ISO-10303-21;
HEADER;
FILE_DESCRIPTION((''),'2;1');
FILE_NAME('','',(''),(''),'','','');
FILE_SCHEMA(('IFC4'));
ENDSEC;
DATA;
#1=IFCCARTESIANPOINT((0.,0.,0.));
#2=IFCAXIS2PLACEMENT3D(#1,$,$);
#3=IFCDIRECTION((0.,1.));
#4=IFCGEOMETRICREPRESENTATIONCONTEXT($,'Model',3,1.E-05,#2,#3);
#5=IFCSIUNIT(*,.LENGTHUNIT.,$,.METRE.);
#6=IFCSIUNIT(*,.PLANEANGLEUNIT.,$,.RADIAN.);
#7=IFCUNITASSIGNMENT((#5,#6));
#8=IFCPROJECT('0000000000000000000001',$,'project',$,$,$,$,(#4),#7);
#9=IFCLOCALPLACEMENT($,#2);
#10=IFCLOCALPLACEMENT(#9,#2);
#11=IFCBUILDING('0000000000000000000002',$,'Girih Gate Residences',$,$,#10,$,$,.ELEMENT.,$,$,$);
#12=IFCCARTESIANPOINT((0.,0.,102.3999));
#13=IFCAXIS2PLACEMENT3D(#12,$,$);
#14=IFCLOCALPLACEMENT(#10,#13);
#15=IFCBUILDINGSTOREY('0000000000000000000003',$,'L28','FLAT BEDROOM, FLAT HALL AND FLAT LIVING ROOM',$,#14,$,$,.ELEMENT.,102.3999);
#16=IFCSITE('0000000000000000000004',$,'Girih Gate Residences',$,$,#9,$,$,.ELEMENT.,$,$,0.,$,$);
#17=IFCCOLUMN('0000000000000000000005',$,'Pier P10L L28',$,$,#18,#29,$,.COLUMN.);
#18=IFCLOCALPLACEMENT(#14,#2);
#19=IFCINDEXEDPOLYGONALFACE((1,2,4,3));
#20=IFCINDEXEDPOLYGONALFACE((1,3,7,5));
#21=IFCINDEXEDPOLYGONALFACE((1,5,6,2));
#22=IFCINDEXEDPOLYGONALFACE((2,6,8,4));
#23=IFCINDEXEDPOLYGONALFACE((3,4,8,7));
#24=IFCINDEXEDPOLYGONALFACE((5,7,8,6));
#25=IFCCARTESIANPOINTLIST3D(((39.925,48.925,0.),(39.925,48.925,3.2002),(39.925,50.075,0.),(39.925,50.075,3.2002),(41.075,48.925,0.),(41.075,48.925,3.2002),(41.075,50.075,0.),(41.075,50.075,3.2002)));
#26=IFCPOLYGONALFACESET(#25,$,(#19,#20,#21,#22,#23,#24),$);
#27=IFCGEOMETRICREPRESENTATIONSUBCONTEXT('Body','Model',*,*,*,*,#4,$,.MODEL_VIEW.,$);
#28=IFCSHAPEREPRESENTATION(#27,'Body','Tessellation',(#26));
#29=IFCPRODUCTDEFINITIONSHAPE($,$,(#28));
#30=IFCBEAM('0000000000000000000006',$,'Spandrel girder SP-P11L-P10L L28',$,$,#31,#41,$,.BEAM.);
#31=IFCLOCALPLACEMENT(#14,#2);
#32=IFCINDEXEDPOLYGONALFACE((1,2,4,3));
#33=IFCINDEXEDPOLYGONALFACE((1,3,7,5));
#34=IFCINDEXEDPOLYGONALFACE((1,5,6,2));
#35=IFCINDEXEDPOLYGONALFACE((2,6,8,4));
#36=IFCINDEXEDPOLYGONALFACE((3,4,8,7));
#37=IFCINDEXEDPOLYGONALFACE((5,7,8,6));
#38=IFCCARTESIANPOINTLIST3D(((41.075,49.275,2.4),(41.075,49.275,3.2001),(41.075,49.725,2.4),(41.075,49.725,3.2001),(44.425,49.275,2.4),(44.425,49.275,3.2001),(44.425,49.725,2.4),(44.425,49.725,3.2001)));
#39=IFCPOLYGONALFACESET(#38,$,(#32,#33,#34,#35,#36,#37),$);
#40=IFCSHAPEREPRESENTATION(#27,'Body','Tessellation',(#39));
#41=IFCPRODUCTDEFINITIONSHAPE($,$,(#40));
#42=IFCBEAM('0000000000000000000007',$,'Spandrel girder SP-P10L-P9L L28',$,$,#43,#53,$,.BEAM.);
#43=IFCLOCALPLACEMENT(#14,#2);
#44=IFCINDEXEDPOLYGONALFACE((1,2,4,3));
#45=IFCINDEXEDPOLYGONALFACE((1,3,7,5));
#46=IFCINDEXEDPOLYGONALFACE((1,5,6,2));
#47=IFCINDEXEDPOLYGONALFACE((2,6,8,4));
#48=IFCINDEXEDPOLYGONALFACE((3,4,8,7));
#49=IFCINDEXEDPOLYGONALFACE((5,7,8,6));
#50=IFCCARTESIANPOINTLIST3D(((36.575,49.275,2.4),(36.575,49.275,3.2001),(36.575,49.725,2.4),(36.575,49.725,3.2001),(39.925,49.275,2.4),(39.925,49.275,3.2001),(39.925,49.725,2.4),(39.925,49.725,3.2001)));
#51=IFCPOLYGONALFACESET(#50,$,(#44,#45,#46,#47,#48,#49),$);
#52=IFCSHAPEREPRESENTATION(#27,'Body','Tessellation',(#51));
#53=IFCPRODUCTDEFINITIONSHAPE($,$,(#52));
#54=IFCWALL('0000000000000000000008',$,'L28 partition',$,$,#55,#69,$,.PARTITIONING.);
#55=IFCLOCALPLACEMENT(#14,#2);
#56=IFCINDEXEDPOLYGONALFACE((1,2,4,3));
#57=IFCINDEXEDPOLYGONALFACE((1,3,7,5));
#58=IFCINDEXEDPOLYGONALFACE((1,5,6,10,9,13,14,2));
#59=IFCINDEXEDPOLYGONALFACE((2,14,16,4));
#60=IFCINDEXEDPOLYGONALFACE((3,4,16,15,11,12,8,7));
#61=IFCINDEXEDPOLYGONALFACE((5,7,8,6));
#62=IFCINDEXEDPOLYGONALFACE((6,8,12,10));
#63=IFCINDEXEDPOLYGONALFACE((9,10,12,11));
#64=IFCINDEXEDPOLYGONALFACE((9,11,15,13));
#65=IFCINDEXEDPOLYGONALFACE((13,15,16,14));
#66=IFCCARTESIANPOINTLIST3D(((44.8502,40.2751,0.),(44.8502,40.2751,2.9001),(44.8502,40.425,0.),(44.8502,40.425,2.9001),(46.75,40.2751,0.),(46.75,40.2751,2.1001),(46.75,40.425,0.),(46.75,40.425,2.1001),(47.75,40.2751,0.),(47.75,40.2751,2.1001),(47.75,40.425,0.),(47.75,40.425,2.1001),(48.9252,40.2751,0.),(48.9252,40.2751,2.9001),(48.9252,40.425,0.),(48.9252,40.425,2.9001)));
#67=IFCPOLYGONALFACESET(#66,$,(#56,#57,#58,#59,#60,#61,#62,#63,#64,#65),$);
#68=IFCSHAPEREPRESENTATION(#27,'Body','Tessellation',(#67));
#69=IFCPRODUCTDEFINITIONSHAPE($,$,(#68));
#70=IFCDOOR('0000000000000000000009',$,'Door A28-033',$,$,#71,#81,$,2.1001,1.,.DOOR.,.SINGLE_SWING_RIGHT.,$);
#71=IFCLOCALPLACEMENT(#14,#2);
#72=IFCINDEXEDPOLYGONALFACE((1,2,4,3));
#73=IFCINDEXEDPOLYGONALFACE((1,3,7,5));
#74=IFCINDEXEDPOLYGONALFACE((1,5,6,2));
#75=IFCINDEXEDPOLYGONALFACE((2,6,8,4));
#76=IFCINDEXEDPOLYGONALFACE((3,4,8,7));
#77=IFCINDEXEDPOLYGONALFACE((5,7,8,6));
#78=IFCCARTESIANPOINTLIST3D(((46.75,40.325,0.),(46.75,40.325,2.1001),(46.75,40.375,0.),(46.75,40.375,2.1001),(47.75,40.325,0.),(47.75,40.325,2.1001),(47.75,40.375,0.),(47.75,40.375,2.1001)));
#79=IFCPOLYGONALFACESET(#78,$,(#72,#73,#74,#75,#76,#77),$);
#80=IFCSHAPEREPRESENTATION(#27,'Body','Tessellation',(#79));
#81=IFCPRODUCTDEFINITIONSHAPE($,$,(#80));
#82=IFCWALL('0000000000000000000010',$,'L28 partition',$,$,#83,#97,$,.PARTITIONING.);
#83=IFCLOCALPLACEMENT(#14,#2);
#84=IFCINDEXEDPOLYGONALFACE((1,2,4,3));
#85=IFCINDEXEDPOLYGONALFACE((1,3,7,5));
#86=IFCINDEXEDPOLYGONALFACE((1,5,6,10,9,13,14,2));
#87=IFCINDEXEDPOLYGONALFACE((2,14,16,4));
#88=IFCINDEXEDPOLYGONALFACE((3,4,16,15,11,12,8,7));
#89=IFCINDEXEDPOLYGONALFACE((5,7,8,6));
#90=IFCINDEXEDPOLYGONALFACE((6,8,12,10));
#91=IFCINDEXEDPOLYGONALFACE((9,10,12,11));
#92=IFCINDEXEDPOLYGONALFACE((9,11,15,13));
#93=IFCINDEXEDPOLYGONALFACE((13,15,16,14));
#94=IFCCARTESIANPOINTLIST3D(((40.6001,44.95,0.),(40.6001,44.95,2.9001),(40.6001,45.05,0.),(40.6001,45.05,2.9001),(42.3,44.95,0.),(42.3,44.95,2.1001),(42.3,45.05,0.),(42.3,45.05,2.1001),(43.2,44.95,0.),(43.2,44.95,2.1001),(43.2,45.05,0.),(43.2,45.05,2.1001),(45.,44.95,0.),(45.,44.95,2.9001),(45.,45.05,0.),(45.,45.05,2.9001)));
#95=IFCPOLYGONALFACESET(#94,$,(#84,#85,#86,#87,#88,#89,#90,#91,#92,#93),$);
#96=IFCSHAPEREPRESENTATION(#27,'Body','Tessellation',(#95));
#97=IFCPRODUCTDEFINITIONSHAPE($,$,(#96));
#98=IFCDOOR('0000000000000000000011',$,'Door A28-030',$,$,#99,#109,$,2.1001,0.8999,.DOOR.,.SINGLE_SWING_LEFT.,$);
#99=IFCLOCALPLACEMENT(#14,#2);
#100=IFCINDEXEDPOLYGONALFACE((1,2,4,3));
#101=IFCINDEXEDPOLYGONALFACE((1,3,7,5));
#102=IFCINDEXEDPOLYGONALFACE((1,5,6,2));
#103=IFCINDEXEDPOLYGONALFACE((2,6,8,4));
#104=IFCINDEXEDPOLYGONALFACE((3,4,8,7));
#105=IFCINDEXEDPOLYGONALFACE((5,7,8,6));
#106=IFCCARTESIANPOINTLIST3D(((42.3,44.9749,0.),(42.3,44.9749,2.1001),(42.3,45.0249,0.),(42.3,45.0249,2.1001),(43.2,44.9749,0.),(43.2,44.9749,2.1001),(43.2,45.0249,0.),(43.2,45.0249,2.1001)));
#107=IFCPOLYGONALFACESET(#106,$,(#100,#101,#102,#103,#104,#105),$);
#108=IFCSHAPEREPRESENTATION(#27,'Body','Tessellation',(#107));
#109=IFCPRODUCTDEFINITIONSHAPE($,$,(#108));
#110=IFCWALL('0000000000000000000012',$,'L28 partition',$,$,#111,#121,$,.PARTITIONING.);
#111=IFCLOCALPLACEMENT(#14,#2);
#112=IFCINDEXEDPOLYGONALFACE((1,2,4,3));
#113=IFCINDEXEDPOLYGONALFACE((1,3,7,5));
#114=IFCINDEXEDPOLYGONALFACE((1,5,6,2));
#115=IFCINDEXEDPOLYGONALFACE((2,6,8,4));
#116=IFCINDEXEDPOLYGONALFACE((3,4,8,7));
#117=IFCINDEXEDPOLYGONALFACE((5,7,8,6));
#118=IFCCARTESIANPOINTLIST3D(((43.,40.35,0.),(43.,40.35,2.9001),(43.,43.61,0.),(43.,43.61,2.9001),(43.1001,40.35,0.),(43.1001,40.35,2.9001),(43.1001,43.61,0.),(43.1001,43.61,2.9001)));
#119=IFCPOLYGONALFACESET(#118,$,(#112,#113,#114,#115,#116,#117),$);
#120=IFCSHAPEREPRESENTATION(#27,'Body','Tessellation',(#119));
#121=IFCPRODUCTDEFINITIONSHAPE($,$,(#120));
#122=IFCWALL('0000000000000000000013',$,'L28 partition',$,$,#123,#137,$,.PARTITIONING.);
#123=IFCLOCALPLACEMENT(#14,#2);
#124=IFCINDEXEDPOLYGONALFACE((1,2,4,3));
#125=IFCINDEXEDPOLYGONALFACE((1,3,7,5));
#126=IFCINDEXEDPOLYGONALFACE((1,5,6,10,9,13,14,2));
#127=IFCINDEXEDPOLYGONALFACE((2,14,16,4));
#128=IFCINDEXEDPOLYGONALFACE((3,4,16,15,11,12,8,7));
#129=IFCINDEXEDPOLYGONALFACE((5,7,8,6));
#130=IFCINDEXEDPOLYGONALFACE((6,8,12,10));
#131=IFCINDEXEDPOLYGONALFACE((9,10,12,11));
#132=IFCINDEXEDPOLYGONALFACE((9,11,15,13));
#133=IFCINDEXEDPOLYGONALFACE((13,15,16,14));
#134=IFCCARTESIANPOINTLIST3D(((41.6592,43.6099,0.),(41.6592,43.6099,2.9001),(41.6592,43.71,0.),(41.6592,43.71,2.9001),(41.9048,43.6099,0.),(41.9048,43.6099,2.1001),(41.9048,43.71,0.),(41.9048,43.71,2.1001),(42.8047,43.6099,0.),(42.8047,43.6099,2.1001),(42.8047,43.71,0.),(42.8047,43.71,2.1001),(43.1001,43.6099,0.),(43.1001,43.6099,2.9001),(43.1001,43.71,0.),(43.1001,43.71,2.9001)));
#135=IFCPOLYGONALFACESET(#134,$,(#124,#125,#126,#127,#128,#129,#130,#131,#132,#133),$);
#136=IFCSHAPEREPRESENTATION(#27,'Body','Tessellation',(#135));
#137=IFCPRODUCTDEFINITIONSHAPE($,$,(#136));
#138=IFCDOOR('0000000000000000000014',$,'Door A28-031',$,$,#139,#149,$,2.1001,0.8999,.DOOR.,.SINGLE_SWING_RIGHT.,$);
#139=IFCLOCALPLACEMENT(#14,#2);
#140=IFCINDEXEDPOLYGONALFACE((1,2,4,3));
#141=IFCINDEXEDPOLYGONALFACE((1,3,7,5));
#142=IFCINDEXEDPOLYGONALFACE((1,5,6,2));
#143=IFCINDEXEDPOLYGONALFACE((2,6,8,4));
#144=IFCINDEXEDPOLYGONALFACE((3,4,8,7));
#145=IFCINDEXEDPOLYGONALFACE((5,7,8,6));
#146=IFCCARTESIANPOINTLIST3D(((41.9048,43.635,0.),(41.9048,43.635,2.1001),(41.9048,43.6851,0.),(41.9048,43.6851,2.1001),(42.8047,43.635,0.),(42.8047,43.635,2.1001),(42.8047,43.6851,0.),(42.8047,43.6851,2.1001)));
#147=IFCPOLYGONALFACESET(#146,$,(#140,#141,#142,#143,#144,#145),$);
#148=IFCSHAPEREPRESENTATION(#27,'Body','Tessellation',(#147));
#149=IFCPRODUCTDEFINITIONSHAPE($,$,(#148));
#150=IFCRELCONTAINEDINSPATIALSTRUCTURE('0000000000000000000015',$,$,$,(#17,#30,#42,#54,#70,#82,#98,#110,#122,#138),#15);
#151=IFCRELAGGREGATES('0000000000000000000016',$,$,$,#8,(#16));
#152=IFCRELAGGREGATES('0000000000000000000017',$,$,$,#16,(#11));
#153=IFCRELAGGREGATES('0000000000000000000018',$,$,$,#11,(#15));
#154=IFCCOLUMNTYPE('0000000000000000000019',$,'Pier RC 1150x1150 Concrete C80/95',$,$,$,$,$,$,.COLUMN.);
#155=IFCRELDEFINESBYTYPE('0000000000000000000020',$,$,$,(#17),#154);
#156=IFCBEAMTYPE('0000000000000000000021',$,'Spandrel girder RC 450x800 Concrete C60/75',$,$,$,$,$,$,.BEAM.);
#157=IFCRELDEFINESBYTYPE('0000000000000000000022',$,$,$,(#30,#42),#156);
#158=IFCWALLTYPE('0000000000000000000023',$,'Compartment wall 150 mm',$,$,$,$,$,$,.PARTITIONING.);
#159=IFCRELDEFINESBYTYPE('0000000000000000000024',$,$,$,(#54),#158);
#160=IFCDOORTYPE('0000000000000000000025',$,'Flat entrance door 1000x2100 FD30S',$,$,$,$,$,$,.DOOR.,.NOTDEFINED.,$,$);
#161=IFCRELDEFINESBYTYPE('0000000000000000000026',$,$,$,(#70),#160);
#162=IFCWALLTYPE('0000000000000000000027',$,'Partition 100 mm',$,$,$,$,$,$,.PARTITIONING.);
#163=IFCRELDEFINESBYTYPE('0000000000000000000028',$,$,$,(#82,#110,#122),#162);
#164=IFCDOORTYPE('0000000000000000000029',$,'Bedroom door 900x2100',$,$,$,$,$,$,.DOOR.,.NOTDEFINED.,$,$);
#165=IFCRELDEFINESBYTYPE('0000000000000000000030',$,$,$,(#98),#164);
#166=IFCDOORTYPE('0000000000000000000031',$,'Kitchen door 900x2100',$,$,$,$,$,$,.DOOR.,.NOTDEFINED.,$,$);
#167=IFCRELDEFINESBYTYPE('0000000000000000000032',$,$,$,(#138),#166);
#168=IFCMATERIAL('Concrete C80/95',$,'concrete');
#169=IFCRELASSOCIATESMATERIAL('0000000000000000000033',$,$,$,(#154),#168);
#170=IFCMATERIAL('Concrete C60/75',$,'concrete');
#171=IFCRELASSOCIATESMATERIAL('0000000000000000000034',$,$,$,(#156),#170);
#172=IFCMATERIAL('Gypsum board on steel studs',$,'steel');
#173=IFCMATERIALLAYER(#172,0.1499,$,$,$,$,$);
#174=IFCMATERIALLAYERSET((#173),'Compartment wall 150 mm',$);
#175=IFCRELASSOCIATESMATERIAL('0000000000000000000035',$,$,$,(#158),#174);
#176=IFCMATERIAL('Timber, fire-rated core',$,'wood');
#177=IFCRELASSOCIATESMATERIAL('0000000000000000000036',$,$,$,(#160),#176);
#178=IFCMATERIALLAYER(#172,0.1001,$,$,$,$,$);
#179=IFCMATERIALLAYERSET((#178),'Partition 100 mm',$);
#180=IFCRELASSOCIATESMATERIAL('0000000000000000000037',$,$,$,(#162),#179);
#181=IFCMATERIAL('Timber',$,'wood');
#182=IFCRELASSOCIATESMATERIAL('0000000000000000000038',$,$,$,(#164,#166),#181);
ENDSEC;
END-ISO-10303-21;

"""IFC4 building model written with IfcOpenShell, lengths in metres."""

from ifc_helpers import new_model, si_unit, direction, frame, frame_2d, origin, origin_2d, place, context, subcontext, project, spatial, rectangle, extrude, material, layer, layer_set, material_profile, profile_set, type_object, element, fill, save


model = new_model("IFC4")

# Units and contexts
model_context = context("Model", 3, precision=1e-05, world=origin(), true_north=direction((0.0, 1.0)))
body_context = subcontext(model_context, "Body", "Model", "MODEL_VIEW")
ifc_project = project(units=[si_unit("LENGTHUNIT", "METRE"), si_unit("PLANEANGLEUNIT", "RADIAN")], contexts=[model_context])

# Site, building, storey
site_placement = place(None, origin())
site = spatial("IfcSite", under=ifc_project, at=site_placement, Name="Girih Gate Residences", CompositionType="ELEMENT", RefElevation=0.0)
building_placement = place(site_placement, origin())
building = spatial("IfcBuilding", under=site, at=building_placement, Name="Girih Gate Residences", CompositionType="ELEMENT")
storey_placement = place(building_placement, frame((0.0, 0.0, 102.3999)))
storey = spatial("IfcBuildingStorey", under=building, at=storey_placement, Name="L28", Description="FLAT BEDROOM, FLAT HALL AND FLAT LIVING ROOM", CompositionType="ELEMENT", Elevation=102.3999)

# Column
ifc_material_1 = material(Name="Concrete C80/95", Category="concrete")
ifc_material_profile_1 = material_profile(ifc_material_1, rectangle(XDim=1.1499, YDim=1.1499, at=origin_2d()))
ifc_profile_set_1 = profile_set([ifc_material_profile_1], Name="Concrete C80/95")
column_type = type_object("IfcColumnType", Name="Pier RC 1150x1150 Concrete C80/95", PredefinedType="COLUMN", material=ifc_profile_set_1)
column_placement = place(storey_placement, frame((40.5, 49.5, 0.0), z_axis=(0.0, 0.0, 1.0), x_axis=(1.0, 0.0, 0.0)))
element("IfcColumn", 1, at=column_placement, inside=storey, type_object=column_type, Name="Pier P10L L28", PredefinedType="COLUMN", context=body_context, shape_type="SweptSolid", body=[
    extrude(rectangle(XDim=1.1499, YDim=1.1499, at=origin_2d()), origin(), (0.0, 0.0, 1.0), 3.2002),
])

# Beams
ifc_material_2 = material(Name="Concrete C60/75", Category="concrete")
ifc_material_profile_2 = material_profile(ifc_material_2, rectangle(XDim=0.45, YDim=0.8, at=origin_2d()))
ifc_profile_set_2 = profile_set([ifc_material_profile_2], Name="Concrete C60/75")
beam_type = type_object("IfcBeamType", Name="Spandrel girder RC 450x800 Concrete C60/75", PredefinedType="BEAM", material=ifc_profile_set_2)
for number, where, z_axis, x_axis, name in (
    (2, (44.425, 49.5, 2.8), (-1.0, 0.0, 0.0), (0.0, -1.0, 0.0), "Spandrel girder SP-P11L-P10L L28"),
    (3, (39.925, 49.5, 2.8), (-1.0, 0.0, 0.0), (0.0, -1.0, 0.0), "Spandrel girder SP-P10L-P9L L28"),
):
    element("IfcBeam", number, at=place(storey_placement, frame(where, z_axis=z_axis, x_axis=x_axis)), inside=storey, type_object=beam_type, Name=name, PredefinedType="BEAM", context=body_context, shape_type="SweptSolid", body=[
        extrude(rectangle(XDim=0.45, YDim=0.8, at=origin_2d()), origin(), (0.0, 0.0, 1.0), 3.3501),
    ])

# Walls, openings, doors
ifc_material_3 = material(Name="Gypsum board on steel studs", Category="steel")
ifc_layer_1 = layer(ifc_material_3, 0.1499)
ifc_layer_set_1 = layer_set([ifc_layer_1], Name="Compartment wall 150 mm")
wall_type_1 = type_object("IfcWallType", Name="Compartment wall 150 mm", PredefinedType="PARTITIONING", material=ifc_layer_set_1)
wall_1_placement = place(storey_placement, frame((44.8501, 40.3501, 0.0), z_axis=(0.0, 0.0, 1.0), x_axis=(1.0, 0.0, 0.0)))
wall_1 = element("IfcWall", 4, at=wall_1_placement, inside=storey, type_object=wall_type_1, Name="L28 partition", PredefinedType="PARTITIONING", context=body_context, shape_type="SweptSolid", body=[
    extrude(rectangle(XDim=4.075, YDim=0.1499, at=frame_2d((2.0376, 0.0))), origin(), (0.0, 0.0, 1.0), 2.9001),
])
opening_1_placement = place(wall_1_placement, frame((1.8999, 0.0, 0.0)))
opening_1 = element("IfcOpeningElement", 5, at=opening_1_placement, cuts=wall_1, PredefinedType="OPENING", context=body_context, shape_type="SweptSolid", body=[
    extrude(rectangle(XDim=1.0, YDim=2.1001, at=frame_2d((0.5, 1.05))), frame((0.0, 0.085, 0.0), z_axis=(0.0, -1.0, 0.0), x_axis=(1.0, 0.0, 0.0)), (0.0, 0.0, 1.0), 0.1699),
])
ifc_material_4 = material(Name="Timber, fire-rated core", Category="wood")
door_type_1 = type_object("IfcDoorType", Name="Flat entrance door 1000x2100 FD30S", OperationType="NOTDEFINED", PredefinedType="DOOR", material=ifc_material_4)
door_1_placement = place(opening_1_placement, origin())
door_1 = element("IfcDoor", 6, at=door_1_placement, inside=storey, type_object=door_type_1, Name="Door A28-033", OperationType="SINGLE_SWING_RIGHT", OverallHeight=2.1001, OverallWidth=1.0, PredefinedType="DOOR", context=body_context, shape_type="SweptSolid", body=[
    extrude(rectangle(XDim=1.0, YDim=2.1001, at=frame_2d((0.5, 1.05))), frame((0.0, 0.0249, 0.0), z_axis=(0.0, -1.0, 0.0), x_axis=(1.0, 0.0, 0.0)), (0.0, 0.0, 1.0), 0.05),
])
fill(opening_1, door_1)
ifc_layer_2 = layer(ifc_material_3, 0.1001)
ifc_layer_set_2 = layer_set([ifc_layer_2], Name="Partition 100 mm")
wall_type_2 = type_object("IfcWallType", Name="Partition 100 mm", PredefinedType="PARTITIONING", material=ifc_layer_set_2)
wall_2_placement = place(storey_placement, frame((40.6001, 45.0, 0.0), z_axis=(0.0, 0.0, 1.0), x_axis=(1.0, 0.0, 0.0)))
wall_2 = element("IfcWall", 7, at=wall_2_placement, inside=storey, type_object=wall_type_2, Name="L28 partition", PredefinedType="PARTITIONING", context=body_context, shape_type="SweptSolid", body=[
    extrude(rectangle(XDim=4.3999, YDim=0.1001, at=frame_2d((2.2, 0.0))), origin(), (0.0, 0.0, 1.0), 2.9001),
])
opening_2_placement = place(wall_2_placement, frame((1.7, 0.0, 0.0)))
opening_2 = element("IfcOpeningElement", 8, at=opening_2_placement, cuts=wall_2, PredefinedType="OPENING", context=body_context, shape_type="SweptSolid", body=[
    extrude(rectangle(XDim=0.8999, YDim=2.1001, at=frame_2d((0.45, 1.05))), frame((0.0, 0.0601, 0.0), z_axis=(0.0, -1.0, 0.0), x_axis=(1.0, 0.0, 0.0)), (0.0, 0.0, 1.0), 0.1201),
])
ifc_material_5 = material(Name="Timber", Category="wood")
door_type_2 = type_object("IfcDoorType", Name="Bedroom door 900x2100", OperationType="NOTDEFINED", PredefinedType="DOOR", material=ifc_material_5)
door_2_placement = place(opening_2_placement, origin())
door_2 = element("IfcDoor", 9, at=door_2_placement, inside=storey, type_object=door_type_2, Name="Door A28-030", OperationType="SINGLE_SWING_LEFT", OverallHeight=2.1001, OverallWidth=0.8999, PredefinedType="DOOR", context=body_context, shape_type="SweptSolid", body=[
    extrude(rectangle(XDim=0.8999, YDim=2.1001, at=frame_2d((0.45, 1.05))), frame((0.0, 0.0249, 0.0), z_axis=(0.0, -1.0, 0.0), x_axis=(1.0, 0.0, 0.0)), (0.0, 0.0, 1.0), 0.05),
])
fill(opening_2, door_2)

# Wall
wall_3_placement = place(storey_placement, frame((43.05, 40.3501, 0.0), z_axis=(0.0, 0.0, 1.0), x_axis=(0.0, 1.0, 0.0)))
element("IfcWall", 10, at=wall_3_placement, inside=storey, type_object=wall_type_2, Name="L28 partition", PredefinedType="PARTITIONING", context=body_context, shape_type="SweptSolid", body=[
    extrude(rectangle(XDim=3.26, YDim=0.1001, at=frame_2d((1.6299, 0.0))), origin(), (0.0, 0.0, 1.0), 2.9001),
])

# Wall, opening, door
wall_4_placement = place(storey_placement, frame((43.1001, 43.6599, 0.0), z_axis=(0.0, 0.0, 1.0), x_axis=(-1.0, 0.0, 0.0)))
wall_4 = element("IfcWall", 11, at=wall_4_placement, inside=storey, type_object=wall_type_2, Name="L28 partition", PredefinedType="PARTITIONING", context=body_context, shape_type="SweptSolid", body=[
    extrude(rectangle(XDim=1.4409, YDim=0.1001, at=frame_2d((0.7205, 0.0))), origin(), (0.0, 0.0, 1.0), 2.9001),
])
opening_3_placement = place(wall_4_placement, frame((0.2954, 0.0, 0.0)))
opening_3 = element("IfcOpeningElement", 12, at=opening_3_placement, cuts=wall_4, PredefinedType="OPENING", context=body_context, shape_type="SweptSolid", body=[
    extrude(rectangle(XDim=0.8999, YDim=2.1001, at=frame_2d((0.45, 1.05))), frame((0.0, 0.0601, 0.0), z_axis=(0.0, -1.0, 0.0), x_axis=(1.0, 0.0, 0.0)), (0.0, 0.0, 1.0), 0.1201),
])
door_type_3 = type_object("IfcDoorType", Name="Kitchen door 900x2100", OperationType="NOTDEFINED", PredefinedType="DOOR", material=ifc_material_5)
door_3_placement = place(opening_3_placement, origin())
door_3 = element("IfcDoor", 13, at=door_3_placement, inside=storey, type_object=door_type_3, Name="Door A28-031", OperationType="SINGLE_SWING_RIGHT", OverallHeight=2.1001, OverallWidth=0.8999, PredefinedType="DOOR", context=body_context, shape_type="SweptSolid", body=[
    extrude(rectangle(XDim=0.8999, YDim=2.1001, at=frame_2d((0.45, 1.05))), frame((0.0, 0.0249, 0.0), z_axis=(0.0, -1.0, 0.0), x_axis=(1.0, 0.0, 0.0)), (0.0, 0.0, 1.0), 0.05),
])
fill(opening_3, door_3)

save(model, "model.ifc")
